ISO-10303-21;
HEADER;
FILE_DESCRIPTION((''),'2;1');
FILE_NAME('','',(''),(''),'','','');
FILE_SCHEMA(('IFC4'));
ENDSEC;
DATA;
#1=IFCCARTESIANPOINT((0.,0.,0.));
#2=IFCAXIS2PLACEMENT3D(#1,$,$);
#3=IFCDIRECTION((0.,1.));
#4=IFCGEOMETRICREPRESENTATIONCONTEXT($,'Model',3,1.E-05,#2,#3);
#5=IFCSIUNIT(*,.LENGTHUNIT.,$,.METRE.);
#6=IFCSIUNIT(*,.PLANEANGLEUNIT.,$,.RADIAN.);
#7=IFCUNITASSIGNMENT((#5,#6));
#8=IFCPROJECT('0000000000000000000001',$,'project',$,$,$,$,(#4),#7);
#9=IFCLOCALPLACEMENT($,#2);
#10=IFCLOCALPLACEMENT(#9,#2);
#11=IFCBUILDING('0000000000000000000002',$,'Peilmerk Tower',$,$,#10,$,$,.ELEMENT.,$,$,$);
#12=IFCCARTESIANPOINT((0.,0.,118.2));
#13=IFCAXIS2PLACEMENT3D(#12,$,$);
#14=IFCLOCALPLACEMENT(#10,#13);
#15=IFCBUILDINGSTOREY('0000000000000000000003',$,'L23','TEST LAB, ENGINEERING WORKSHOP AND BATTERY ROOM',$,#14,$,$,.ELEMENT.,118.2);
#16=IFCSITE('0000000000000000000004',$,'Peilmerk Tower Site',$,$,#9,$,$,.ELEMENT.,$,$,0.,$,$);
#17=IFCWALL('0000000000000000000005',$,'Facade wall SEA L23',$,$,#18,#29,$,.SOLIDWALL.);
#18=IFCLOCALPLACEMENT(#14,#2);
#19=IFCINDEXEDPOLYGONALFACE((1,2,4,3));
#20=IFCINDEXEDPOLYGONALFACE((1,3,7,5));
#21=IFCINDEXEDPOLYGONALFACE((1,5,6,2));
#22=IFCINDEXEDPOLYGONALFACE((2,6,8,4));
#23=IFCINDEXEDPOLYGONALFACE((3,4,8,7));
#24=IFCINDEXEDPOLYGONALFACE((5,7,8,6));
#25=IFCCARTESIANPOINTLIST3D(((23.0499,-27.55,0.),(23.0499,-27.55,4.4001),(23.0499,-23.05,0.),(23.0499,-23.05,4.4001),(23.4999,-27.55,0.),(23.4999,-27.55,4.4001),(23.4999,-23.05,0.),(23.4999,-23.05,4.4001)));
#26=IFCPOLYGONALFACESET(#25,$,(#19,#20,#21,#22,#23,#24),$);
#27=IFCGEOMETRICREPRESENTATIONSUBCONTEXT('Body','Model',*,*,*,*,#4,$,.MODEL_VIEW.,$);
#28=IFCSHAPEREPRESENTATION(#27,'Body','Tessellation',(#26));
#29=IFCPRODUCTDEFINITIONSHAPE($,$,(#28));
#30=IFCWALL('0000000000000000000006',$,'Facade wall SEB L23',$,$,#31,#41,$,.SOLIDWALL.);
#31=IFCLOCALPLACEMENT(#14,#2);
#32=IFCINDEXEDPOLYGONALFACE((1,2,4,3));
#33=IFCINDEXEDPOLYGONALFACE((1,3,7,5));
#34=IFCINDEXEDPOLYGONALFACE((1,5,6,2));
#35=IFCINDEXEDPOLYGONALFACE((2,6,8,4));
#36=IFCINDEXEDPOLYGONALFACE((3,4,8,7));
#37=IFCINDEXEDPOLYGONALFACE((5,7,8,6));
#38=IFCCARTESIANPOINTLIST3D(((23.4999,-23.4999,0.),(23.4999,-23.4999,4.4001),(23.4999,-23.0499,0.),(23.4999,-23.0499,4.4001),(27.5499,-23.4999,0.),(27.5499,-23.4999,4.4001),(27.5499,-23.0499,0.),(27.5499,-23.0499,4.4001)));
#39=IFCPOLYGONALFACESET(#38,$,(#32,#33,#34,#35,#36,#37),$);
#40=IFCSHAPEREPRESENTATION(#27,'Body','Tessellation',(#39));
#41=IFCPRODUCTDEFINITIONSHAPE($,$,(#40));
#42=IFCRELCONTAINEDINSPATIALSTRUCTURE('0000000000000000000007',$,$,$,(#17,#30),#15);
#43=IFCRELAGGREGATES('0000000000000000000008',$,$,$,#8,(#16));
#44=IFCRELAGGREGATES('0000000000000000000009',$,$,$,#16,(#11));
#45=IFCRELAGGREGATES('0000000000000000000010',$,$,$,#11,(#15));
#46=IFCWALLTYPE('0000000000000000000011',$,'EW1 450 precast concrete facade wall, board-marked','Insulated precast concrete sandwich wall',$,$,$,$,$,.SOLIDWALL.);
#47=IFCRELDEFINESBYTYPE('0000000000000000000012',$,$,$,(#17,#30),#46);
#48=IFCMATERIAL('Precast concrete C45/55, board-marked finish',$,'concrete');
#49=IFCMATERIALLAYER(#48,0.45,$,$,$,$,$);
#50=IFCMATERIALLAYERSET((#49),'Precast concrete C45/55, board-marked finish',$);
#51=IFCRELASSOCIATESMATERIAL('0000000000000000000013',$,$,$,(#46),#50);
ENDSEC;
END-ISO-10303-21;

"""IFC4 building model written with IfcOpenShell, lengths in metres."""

from ifc_helpers import new_model, si_unit, direction, frame, frame_2d, origin, place, context, subcontext, project, spatial, rectangle, extrude, material, layer, layer_set, type_object, element, save


model = new_model("IFC4")

# Units and contexts
model_context = context("Model", 3, precision=1e-05, world=origin(), true_north=direction((0.0, 1.0)))
body_context = subcontext(model_context, "Body", "Model", "MODEL_VIEW")
ifc_project = project(units=[si_unit("LENGTHUNIT", "METRE"), si_unit("PLANEANGLEUNIT", "RADIAN")], contexts=[model_context])

# Site, building, storey
site_placement = place(None, origin())
site = spatial("IfcSite", under=ifc_project, at=site_placement, Name="Peilmerk Tower Site", CompositionType="ELEMENT", RefElevation=0.0)
building_placement = place(site_placement, origin())
building = spatial("IfcBuilding", under=site, at=building_placement, Name="Peilmerk Tower", CompositionType="ELEMENT")
storey_placement = place(building_placement, frame((0.0, 0.0, 118.2)))
storey = spatial("IfcBuildingStorey", under=building, at=storey_placement, Name="L23", Description="TEST LAB, ENGINEERING WORKSHOP AND BATTERY ROOM", CompositionType="ELEMENT", Elevation=118.2)

# Shared definitions
ifc_material_1 = material(Name="Precast concrete C45/55, board-marked finish", Category="concrete")
ifc_layer = layer(ifc_material_1, 0.45)
ifc_layer_set = layer_set([ifc_layer], Name="Precast concrete C45/55, board-marked finish")
wall_type = type_object("IfcWallType", Name="EW1 450 precast concrete facade wall, board-marked", Description="Insulated precast concrete sandwich wall", PredefinedType="SOLIDWALL", material=ifc_layer_set)

# Walls
wall_1_placement = place(storey_placement, frame((23.2749, -23.05, 0.0), z_axis=(0.0, 0.0, 1.0), x_axis=(0.0, -1.0, 0.0)))
element("IfcWall", 1, at=wall_1_placement, inside=storey, type_object=wall_type, Name="Facade wall SEA L23", PredefinedType="SOLIDWALL", context=body_context, shape_type="SweptSolid", body=[
    extrude(rectangle(XDim=4.5, YDim=0.45, at=frame_2d((2.25, 0.0))), origin(), (0.0, 0.0, 1.0), 4.4001),
])
wall_2_placement = place(storey_placement, frame((23.5, -23.2749, 0.0), z_axis=(0.0, 0.0, 1.0), x_axis=(1.0, 0.0, 0.0)))
element("IfcWall", 2, at=wall_2_placement, inside=storey, type_object=wall_type, Name="Facade wall SEB L23", PredefinedType="SOLIDWALL", context=body_context, shape_type="SweptSolid", body=[
    extrude(rectangle(XDim=4.05, YDim=0.45, at=frame_2d((2.0249, 0.0))), origin(), (0.0, 0.0, 1.0), 4.4001),
])

save(model, "model.ifc")
